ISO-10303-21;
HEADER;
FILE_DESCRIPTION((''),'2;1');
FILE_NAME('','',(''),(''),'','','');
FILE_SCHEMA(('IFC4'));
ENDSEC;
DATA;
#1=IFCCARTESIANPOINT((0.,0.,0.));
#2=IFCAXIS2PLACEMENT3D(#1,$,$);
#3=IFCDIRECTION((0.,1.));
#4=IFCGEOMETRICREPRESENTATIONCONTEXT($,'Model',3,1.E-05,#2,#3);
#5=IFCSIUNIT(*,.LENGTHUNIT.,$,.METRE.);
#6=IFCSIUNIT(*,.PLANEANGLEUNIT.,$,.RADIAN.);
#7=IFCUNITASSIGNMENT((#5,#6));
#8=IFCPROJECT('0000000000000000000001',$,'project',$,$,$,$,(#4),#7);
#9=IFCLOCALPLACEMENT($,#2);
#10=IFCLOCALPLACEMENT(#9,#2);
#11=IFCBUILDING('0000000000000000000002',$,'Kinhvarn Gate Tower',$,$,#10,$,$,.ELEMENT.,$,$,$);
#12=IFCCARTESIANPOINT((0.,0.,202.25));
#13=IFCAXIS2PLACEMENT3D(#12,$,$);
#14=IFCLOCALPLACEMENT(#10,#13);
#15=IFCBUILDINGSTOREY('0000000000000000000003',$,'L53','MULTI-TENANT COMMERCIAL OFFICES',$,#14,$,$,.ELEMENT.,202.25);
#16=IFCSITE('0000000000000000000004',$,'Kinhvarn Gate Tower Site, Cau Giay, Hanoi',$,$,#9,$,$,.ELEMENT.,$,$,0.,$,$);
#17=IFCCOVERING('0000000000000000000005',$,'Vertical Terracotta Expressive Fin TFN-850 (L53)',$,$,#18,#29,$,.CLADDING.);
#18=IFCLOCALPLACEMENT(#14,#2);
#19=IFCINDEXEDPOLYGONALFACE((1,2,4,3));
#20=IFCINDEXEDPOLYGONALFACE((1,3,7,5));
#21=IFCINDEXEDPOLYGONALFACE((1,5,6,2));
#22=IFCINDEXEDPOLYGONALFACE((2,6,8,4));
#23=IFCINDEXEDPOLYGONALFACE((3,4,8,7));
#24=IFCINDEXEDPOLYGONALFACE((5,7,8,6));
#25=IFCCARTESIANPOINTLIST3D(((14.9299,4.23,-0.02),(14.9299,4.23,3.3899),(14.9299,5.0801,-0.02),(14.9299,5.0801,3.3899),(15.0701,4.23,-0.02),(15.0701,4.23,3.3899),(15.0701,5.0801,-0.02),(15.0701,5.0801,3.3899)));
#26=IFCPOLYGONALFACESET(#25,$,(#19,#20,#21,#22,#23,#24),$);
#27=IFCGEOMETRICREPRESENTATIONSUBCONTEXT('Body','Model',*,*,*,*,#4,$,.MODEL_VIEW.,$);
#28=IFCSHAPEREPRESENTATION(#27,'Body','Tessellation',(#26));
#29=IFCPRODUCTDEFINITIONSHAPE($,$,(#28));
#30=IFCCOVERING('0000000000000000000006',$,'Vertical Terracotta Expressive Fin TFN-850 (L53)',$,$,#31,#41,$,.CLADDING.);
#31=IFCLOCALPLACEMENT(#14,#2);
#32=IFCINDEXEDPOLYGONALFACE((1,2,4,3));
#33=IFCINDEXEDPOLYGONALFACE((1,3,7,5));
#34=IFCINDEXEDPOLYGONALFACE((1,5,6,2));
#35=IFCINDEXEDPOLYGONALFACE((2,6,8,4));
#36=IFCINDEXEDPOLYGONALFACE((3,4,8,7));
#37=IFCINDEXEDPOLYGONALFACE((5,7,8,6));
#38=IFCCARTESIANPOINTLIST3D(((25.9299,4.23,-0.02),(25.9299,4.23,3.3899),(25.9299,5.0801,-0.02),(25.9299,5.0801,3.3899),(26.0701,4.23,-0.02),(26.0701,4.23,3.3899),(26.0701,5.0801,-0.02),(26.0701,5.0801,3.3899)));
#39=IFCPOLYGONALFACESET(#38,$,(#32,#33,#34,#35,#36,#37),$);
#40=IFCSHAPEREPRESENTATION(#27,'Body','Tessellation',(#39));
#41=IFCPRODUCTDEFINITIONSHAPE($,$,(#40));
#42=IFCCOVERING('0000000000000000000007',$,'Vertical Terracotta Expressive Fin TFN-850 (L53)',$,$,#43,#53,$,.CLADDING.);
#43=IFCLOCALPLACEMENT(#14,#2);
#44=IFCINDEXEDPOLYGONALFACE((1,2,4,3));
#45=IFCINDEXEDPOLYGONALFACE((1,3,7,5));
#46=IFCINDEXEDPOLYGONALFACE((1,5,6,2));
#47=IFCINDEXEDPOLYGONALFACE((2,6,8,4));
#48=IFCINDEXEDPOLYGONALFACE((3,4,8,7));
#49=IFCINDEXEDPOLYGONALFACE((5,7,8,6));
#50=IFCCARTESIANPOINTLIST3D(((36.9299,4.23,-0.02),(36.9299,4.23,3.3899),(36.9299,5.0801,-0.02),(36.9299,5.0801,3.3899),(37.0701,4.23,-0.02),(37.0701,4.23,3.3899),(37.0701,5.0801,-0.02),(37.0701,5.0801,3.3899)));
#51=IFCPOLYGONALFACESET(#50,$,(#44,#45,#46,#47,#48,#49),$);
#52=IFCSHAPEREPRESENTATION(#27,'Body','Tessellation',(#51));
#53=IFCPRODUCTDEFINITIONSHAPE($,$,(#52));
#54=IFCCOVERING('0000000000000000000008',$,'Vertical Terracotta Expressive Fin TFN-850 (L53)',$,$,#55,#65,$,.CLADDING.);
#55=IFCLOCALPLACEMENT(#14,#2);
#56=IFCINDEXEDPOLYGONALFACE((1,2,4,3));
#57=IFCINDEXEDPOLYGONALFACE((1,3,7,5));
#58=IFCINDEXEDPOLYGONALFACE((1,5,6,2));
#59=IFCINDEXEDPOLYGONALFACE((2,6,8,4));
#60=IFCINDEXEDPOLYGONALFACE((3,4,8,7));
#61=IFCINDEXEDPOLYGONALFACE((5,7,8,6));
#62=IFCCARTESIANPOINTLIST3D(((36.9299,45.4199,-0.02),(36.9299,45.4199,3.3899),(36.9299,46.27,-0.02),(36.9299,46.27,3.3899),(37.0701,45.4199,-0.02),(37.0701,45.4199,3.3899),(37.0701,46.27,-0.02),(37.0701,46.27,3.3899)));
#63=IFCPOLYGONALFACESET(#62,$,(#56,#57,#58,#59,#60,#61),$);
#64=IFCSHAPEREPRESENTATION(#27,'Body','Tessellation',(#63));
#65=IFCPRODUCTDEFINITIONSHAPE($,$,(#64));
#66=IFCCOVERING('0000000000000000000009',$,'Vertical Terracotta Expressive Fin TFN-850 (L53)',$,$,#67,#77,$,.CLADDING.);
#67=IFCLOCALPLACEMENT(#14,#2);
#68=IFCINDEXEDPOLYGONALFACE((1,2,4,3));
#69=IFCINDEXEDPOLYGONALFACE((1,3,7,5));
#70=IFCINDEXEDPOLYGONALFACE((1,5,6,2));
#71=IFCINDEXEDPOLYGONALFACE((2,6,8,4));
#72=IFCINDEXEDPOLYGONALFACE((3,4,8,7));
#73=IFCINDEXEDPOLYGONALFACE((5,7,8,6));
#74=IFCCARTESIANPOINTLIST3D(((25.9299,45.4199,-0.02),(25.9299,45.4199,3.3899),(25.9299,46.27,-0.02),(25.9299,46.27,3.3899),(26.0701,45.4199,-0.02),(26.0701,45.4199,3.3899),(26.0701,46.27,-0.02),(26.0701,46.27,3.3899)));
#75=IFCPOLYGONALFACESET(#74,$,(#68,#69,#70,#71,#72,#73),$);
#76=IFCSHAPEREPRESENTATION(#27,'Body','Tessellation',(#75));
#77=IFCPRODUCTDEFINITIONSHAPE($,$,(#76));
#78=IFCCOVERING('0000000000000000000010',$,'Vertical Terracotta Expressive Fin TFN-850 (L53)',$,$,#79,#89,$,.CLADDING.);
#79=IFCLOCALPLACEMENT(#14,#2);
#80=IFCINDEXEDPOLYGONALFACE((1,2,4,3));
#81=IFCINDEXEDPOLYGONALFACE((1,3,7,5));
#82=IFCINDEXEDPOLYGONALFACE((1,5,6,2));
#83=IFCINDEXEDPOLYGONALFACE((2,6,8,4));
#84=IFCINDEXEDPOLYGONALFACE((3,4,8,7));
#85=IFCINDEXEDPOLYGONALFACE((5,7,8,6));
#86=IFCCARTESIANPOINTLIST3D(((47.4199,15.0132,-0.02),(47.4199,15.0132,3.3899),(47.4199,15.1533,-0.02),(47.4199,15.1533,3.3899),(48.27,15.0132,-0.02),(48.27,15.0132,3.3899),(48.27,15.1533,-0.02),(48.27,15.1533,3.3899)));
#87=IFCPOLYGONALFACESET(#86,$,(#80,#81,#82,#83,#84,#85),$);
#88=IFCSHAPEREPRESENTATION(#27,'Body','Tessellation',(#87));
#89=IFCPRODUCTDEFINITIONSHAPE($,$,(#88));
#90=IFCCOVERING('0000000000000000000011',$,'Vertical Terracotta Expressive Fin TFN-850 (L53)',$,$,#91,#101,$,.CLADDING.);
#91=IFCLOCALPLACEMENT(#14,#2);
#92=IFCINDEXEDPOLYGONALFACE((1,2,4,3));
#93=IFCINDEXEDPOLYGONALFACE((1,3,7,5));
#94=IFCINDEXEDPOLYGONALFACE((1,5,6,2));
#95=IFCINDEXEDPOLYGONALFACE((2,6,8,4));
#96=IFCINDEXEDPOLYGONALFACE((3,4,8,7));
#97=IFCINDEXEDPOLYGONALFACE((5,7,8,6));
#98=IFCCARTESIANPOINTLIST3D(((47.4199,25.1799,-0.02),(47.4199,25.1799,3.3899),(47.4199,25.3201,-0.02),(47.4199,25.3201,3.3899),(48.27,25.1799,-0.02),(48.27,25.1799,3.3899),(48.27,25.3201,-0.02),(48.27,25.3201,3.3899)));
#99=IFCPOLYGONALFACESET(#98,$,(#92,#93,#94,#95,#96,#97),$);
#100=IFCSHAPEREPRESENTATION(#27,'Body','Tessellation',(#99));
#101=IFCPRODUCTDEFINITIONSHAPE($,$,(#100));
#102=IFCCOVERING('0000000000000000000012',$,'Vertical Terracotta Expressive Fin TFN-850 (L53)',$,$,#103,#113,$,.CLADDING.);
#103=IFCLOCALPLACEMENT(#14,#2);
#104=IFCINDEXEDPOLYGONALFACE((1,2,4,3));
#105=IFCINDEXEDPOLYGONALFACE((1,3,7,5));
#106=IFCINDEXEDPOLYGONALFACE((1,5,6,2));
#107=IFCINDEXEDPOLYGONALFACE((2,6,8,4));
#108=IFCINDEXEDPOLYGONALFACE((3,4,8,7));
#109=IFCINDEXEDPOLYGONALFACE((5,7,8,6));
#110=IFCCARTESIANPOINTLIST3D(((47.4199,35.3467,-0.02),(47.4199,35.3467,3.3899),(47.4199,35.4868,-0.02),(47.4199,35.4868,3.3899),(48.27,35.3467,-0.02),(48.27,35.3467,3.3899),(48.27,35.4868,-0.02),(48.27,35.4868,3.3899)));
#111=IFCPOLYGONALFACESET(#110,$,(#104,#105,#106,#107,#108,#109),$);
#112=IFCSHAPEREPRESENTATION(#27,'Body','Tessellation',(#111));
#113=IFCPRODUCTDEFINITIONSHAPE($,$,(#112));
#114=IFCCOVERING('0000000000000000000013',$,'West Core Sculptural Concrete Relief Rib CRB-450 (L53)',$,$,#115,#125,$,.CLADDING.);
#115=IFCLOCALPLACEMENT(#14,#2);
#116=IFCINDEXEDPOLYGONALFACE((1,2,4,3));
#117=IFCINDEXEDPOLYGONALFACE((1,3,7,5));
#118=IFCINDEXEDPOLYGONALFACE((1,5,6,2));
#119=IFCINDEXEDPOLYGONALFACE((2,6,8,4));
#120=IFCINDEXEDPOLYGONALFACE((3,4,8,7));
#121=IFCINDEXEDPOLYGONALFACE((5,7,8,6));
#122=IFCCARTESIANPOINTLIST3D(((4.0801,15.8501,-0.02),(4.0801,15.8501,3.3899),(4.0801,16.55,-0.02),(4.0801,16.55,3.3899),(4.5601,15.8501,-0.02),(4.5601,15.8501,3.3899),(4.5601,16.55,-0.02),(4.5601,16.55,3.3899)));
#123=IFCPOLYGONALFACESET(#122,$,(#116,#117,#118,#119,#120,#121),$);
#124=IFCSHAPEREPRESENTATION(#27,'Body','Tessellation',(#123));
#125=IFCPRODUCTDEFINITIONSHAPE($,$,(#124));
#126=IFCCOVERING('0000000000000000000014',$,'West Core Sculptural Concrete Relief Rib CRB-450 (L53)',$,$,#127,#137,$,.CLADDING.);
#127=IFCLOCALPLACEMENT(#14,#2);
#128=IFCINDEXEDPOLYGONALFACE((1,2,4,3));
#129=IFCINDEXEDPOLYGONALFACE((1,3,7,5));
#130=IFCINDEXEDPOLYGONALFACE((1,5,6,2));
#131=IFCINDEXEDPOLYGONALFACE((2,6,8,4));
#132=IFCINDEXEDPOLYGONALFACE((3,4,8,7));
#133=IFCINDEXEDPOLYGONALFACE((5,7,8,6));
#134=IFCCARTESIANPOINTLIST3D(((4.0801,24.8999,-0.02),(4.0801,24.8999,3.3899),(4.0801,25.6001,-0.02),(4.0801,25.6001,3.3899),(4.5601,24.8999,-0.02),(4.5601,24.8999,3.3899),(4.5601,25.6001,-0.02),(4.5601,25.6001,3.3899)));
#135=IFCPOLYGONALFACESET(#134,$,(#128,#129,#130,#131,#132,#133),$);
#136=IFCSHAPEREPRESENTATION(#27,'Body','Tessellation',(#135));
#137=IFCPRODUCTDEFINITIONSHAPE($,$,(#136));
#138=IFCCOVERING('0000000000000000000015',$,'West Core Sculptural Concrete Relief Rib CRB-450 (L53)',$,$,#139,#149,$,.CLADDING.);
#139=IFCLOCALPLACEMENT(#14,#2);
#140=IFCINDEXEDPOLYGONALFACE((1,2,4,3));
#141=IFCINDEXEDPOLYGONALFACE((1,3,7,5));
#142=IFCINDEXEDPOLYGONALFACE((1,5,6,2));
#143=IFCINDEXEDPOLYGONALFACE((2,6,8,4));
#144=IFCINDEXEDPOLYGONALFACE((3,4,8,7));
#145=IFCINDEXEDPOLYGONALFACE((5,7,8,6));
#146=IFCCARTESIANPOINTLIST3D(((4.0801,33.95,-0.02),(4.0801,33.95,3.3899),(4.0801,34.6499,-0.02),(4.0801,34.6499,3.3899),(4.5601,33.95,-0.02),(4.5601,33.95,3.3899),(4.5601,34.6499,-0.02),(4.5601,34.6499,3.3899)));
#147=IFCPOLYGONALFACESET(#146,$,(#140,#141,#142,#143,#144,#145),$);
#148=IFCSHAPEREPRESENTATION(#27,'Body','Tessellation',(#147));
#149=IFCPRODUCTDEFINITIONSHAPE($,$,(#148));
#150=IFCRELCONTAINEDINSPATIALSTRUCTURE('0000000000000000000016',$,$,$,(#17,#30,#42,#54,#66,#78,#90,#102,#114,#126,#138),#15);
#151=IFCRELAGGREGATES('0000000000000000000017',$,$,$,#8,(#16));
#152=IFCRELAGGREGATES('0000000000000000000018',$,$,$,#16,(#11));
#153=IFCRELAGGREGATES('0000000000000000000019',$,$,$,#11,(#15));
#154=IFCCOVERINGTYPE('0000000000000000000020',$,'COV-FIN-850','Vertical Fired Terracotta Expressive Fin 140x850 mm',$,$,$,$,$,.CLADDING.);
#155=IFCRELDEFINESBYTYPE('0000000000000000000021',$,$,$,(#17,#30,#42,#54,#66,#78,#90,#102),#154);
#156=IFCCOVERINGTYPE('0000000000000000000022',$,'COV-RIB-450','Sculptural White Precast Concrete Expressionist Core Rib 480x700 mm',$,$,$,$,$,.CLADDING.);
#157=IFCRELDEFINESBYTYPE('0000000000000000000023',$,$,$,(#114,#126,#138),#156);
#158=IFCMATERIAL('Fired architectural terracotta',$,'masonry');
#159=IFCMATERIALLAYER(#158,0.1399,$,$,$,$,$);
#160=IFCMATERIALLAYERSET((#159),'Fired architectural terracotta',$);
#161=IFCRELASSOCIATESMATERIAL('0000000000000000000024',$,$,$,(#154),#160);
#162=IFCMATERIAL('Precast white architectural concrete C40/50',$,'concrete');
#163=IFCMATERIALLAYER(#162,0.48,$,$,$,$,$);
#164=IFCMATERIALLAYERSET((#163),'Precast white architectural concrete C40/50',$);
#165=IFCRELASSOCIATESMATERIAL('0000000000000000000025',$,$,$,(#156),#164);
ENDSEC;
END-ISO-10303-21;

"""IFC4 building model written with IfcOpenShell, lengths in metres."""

from ifc_helpers import new_model, si_unit, direction, frame, origin, place, context, subcontext, project, spatial, polyline, outline, extrude, material, layer, layer_set, type_object, element, save


model = new_model("IFC4")

# Units and contexts
model_context = context("Model", 3, precision=1e-05, world=origin(), true_north=direction((0.0, 1.0)))
body_context = subcontext(model_context, "Body", "Model", "MODEL_VIEW")
ifc_project = project(units=[si_unit("LENGTHUNIT", "METRE"), si_unit("PLANEANGLEUNIT", "RADIAN")], contexts=[model_context])

# Site, building, storey
site_placement = place(None, origin())
site = spatial("IfcSite", under=ifc_project, at=site_placement, Name="Kinhvarn Gate Tower Site, Cau Giay, Hanoi", CompositionType="ELEMENT", RefElevation=0.0)
building_placement = place(site_placement, origin())
building = spatial("IfcBuilding", under=site, at=building_placement, Name="Kinhvarn Gate Tower", CompositionType="ELEMENT")
storey_placement = place(building_placement, frame((0.0, 0.0, 202.25)))
storey = spatial("IfcBuildingStorey", under=building, at=storey_placement, Name="L53", Description="MULTI-TENANT COMMERCIAL OFFICES", CompositionType="ELEMENT", Elevation=202.25)

# Shared definitions
ifc_material_1 = material(Name="Precast white architectural concrete C40/50", Category="concrete")

# Coverings
ifc_material_2 = material(Name="Fired architectural terracotta", Category="masonry")
ifc_layer_1 = layer(ifc_material_2, 0.1399)
ifc_layer_set_1 = layer_set([ifc_layer_1], Name="Fired architectural terracotta")
covering_type_1 = type_object("IfcCoveringType", Name="COV-FIN-850", Description="Vertical Fired Terracotta Expressive Fin 140x850 mm", PredefinedType="CLADDING", material=ifc_layer_set_1)
covering_1_placement = place(storey_placement, frame((0.0, 0.0, -0.02)))
element("IfcCovering", 1, at=covering_1_placement, inside=storey, type_object=covering_type_1, Name="Vertical Terracotta Expressive Fin TFN-850 (L53)", PredefinedType="CLADDING", context=body_context, shape_type="SweptSolid", body=[
    extrude(outline(polyline([(14.9299, 5.0801), (15.0701, 5.0801), (15.0701, 4.23), (14.9299, 4.23), (14.9299, 5.0801)])), origin(), (0.0, 0.0, 1.0), 3.4099),
])
covering_2_placement = place(storey_placement, frame((0.0, 0.0, -0.02)))
element("IfcCovering", 2, at=covering_2_placement, inside=storey, type_object=covering_type_1, Name="Vertical Terracotta Expressive Fin TFN-850 (L53)", PredefinedType="CLADDING", context=body_context, shape_type="SweptSolid", body=[
    extrude(outline(polyline([(25.9299, 5.0801), (26.0701, 5.0801), (26.0701, 4.23), (25.9299, 4.23), (25.9299, 5.0801)])), origin(), (0.0, 0.0, 1.0), 3.4099),
])
covering_3_placement = place(storey_placement, frame((0.0, 0.0, -0.02)))
element("IfcCovering", 3, at=covering_3_placement, inside=storey, type_object=covering_type_1, Name="Vertical Terracotta Expressive Fin TFN-850 (L53)", PredefinedType="CLADDING", context=body_context, shape_type="SweptSolid", body=[
    extrude(outline(polyline([(36.9299, 5.0801), (37.0701, 5.0801), (37.0701, 4.23), (36.9299, 4.23), (36.9299, 5.0801)])), origin(), (0.0, 0.0, 1.0), 3.4099),
])
covering_4_placement = place(storey_placement, frame((0.0, 0.0, -0.02)))
element("IfcCovering", 4, at=covering_4_placement, inside=storey, type_object=covering_type_1, Name="Vertical Terracotta Expressive Fin TFN-850 (L53)", PredefinedType="CLADDING", context=body_context, shape_type="SweptSolid", body=[
    extrude(outline(polyline([(37.0701, 45.4199), (36.9299, 45.4199), (36.9299, 46.27), (37.0701, 46.27), (37.0701, 45.4199)])), origin(), (0.0, 0.0, 1.0), 3.4099),
])
covering_5_placement = place(storey_placement, frame((0.0, 0.0, -0.02)))
element("IfcCovering", 5, at=covering_5_placement, inside=storey, type_object=covering_type_1, Name="Vertical Terracotta Expressive Fin TFN-850 (L53)", PredefinedType="CLADDING", context=body_context, shape_type="SweptSolid", body=[
    extrude(outline(polyline([(26.0701, 45.4199), (25.9299, 45.4199), (25.9299, 46.27), (26.0701, 46.27), (26.0701, 45.4199)])), origin(), (0.0, 0.0, 1.0), 3.4099),
])
covering_6_placement = place(storey_placement, frame((0.0, 0.0, -0.02)))
element("IfcCovering", 6, at=covering_6_placement, inside=storey, type_object=covering_type_1, Name="Vertical Terracotta Expressive Fin TFN-850 (L53)", PredefinedType="CLADDING", context=body_context, shape_type="SweptSolid", body=[
    extrude(outline(polyline([(47.4199, 15.0132), (47.4199, 15.1533), (48.27, 15.1533), (48.27, 15.0132), (47.4199, 15.0132)])), origin(), (0.0, 0.0, 1.0), 3.4099),
])
covering_7_placement = place(storey_placement, frame((0.0, 0.0, -0.02)))
element("IfcCovering", 7, at=covering_7_placement, inside=storey, type_object=covering_type_1, Name="Vertical Terracotta Expressive Fin TFN-850 (L53)", PredefinedType="CLADDING", context=body_context, shape_type="SweptSolid", body=[
    extrude(outline(polyline([(47.4199, 25.1799), (47.4199, 25.3201), (48.27, 25.3201), (48.27, 25.1799), (47.4199, 25.1799)])), origin(), (0.0, 0.0, 1.0), 3.4099),
])
covering_8_placement = place(storey_placement, frame((0.0, 0.0, -0.02)))
element("IfcCovering", 8, at=covering_8_placement, inside=storey, type_object=covering_type_1, Name="Vertical Terracotta Expressive Fin TFN-850 (L53)", PredefinedType="CLADDING", context=body_context, shape_type="SweptSolid", body=[
    extrude(outline(polyline([(47.4199, 35.3467), (47.4199, 35.4868), (48.27, 35.4868), (48.27, 35.3467), (47.4199, 35.3467)])), origin(), (0.0, 0.0, 1.0), 3.4099),
])
ifc_layer_2 = layer(ifc_material_1, 0.48)
ifc_layer_set_2 = layer_set([ifc_layer_2], Name="Precast white architectural concrete C40/50")
covering_type_2 = type_object("IfcCoveringType", Name="COV-RIB-450", Description="Sculptural White Precast Concrete Expressionist Core Rib 480x700 mm", PredefinedType="CLADDING", material=ifc_layer_set_2)
covering_9_placement = place(storey_placement, frame((0.0, 0.0, -0.02)))
element("IfcCovering", 9, at=covering_9_placement, inside=storey, type_object=covering_type_2, Name="West Core Sculptural Concrete Relief Rib CRB-450 (L53)", PredefinedType="CLADDING", context=body_context, shape_type="SweptSolid", body=[
    extrude(outline(polyline([(4.0801, 15.8501), (4.5601, 15.8501), (4.5601, 16.55), (4.0801, 16.55), (4.0801, 15.8501)])), origin(), (0.0, 0.0, 1.0), 3.4099),
])
covering_10_placement = place(storey_placement, frame((0.0, 0.0, -0.02)))
element("IfcCovering", 10, at=covering_10_placement, inside=storey, type_object=covering_type_2, Name="West Core Sculptural Concrete Relief Rib CRB-450 (L53)", PredefinedType="CLADDING", context=body_context, shape_type="SweptSolid", body=[
    extrude(outline(polyline([(4.0801, 24.8999), (4.5601, 24.8999), (4.5601, 25.6001), (4.0801, 25.6001), (4.0801, 24.8999)])), origin(), (0.0, 0.0, 1.0), 3.4099),
])
covering_11_placement = place(storey_placement, frame((0.0, 0.0, -0.02)))
element("IfcCovering", 11, at=covering_11_placement, inside=storey, type_object=covering_type_2, Name="West Core Sculptural Concrete Relief Rib CRB-450 (L53)", PredefinedType="CLADDING", context=body_context, shape_type="SweptSolid", body=[
    extrude(outline(polyline([(4.0801, 33.95), (4.5601, 33.95), (4.5601, 34.6499), (4.0801, 34.6499), (4.0801, 33.95)])), origin(), (0.0, 0.0, 1.0), 3.4099),
])

save(model, "model.ifc")
